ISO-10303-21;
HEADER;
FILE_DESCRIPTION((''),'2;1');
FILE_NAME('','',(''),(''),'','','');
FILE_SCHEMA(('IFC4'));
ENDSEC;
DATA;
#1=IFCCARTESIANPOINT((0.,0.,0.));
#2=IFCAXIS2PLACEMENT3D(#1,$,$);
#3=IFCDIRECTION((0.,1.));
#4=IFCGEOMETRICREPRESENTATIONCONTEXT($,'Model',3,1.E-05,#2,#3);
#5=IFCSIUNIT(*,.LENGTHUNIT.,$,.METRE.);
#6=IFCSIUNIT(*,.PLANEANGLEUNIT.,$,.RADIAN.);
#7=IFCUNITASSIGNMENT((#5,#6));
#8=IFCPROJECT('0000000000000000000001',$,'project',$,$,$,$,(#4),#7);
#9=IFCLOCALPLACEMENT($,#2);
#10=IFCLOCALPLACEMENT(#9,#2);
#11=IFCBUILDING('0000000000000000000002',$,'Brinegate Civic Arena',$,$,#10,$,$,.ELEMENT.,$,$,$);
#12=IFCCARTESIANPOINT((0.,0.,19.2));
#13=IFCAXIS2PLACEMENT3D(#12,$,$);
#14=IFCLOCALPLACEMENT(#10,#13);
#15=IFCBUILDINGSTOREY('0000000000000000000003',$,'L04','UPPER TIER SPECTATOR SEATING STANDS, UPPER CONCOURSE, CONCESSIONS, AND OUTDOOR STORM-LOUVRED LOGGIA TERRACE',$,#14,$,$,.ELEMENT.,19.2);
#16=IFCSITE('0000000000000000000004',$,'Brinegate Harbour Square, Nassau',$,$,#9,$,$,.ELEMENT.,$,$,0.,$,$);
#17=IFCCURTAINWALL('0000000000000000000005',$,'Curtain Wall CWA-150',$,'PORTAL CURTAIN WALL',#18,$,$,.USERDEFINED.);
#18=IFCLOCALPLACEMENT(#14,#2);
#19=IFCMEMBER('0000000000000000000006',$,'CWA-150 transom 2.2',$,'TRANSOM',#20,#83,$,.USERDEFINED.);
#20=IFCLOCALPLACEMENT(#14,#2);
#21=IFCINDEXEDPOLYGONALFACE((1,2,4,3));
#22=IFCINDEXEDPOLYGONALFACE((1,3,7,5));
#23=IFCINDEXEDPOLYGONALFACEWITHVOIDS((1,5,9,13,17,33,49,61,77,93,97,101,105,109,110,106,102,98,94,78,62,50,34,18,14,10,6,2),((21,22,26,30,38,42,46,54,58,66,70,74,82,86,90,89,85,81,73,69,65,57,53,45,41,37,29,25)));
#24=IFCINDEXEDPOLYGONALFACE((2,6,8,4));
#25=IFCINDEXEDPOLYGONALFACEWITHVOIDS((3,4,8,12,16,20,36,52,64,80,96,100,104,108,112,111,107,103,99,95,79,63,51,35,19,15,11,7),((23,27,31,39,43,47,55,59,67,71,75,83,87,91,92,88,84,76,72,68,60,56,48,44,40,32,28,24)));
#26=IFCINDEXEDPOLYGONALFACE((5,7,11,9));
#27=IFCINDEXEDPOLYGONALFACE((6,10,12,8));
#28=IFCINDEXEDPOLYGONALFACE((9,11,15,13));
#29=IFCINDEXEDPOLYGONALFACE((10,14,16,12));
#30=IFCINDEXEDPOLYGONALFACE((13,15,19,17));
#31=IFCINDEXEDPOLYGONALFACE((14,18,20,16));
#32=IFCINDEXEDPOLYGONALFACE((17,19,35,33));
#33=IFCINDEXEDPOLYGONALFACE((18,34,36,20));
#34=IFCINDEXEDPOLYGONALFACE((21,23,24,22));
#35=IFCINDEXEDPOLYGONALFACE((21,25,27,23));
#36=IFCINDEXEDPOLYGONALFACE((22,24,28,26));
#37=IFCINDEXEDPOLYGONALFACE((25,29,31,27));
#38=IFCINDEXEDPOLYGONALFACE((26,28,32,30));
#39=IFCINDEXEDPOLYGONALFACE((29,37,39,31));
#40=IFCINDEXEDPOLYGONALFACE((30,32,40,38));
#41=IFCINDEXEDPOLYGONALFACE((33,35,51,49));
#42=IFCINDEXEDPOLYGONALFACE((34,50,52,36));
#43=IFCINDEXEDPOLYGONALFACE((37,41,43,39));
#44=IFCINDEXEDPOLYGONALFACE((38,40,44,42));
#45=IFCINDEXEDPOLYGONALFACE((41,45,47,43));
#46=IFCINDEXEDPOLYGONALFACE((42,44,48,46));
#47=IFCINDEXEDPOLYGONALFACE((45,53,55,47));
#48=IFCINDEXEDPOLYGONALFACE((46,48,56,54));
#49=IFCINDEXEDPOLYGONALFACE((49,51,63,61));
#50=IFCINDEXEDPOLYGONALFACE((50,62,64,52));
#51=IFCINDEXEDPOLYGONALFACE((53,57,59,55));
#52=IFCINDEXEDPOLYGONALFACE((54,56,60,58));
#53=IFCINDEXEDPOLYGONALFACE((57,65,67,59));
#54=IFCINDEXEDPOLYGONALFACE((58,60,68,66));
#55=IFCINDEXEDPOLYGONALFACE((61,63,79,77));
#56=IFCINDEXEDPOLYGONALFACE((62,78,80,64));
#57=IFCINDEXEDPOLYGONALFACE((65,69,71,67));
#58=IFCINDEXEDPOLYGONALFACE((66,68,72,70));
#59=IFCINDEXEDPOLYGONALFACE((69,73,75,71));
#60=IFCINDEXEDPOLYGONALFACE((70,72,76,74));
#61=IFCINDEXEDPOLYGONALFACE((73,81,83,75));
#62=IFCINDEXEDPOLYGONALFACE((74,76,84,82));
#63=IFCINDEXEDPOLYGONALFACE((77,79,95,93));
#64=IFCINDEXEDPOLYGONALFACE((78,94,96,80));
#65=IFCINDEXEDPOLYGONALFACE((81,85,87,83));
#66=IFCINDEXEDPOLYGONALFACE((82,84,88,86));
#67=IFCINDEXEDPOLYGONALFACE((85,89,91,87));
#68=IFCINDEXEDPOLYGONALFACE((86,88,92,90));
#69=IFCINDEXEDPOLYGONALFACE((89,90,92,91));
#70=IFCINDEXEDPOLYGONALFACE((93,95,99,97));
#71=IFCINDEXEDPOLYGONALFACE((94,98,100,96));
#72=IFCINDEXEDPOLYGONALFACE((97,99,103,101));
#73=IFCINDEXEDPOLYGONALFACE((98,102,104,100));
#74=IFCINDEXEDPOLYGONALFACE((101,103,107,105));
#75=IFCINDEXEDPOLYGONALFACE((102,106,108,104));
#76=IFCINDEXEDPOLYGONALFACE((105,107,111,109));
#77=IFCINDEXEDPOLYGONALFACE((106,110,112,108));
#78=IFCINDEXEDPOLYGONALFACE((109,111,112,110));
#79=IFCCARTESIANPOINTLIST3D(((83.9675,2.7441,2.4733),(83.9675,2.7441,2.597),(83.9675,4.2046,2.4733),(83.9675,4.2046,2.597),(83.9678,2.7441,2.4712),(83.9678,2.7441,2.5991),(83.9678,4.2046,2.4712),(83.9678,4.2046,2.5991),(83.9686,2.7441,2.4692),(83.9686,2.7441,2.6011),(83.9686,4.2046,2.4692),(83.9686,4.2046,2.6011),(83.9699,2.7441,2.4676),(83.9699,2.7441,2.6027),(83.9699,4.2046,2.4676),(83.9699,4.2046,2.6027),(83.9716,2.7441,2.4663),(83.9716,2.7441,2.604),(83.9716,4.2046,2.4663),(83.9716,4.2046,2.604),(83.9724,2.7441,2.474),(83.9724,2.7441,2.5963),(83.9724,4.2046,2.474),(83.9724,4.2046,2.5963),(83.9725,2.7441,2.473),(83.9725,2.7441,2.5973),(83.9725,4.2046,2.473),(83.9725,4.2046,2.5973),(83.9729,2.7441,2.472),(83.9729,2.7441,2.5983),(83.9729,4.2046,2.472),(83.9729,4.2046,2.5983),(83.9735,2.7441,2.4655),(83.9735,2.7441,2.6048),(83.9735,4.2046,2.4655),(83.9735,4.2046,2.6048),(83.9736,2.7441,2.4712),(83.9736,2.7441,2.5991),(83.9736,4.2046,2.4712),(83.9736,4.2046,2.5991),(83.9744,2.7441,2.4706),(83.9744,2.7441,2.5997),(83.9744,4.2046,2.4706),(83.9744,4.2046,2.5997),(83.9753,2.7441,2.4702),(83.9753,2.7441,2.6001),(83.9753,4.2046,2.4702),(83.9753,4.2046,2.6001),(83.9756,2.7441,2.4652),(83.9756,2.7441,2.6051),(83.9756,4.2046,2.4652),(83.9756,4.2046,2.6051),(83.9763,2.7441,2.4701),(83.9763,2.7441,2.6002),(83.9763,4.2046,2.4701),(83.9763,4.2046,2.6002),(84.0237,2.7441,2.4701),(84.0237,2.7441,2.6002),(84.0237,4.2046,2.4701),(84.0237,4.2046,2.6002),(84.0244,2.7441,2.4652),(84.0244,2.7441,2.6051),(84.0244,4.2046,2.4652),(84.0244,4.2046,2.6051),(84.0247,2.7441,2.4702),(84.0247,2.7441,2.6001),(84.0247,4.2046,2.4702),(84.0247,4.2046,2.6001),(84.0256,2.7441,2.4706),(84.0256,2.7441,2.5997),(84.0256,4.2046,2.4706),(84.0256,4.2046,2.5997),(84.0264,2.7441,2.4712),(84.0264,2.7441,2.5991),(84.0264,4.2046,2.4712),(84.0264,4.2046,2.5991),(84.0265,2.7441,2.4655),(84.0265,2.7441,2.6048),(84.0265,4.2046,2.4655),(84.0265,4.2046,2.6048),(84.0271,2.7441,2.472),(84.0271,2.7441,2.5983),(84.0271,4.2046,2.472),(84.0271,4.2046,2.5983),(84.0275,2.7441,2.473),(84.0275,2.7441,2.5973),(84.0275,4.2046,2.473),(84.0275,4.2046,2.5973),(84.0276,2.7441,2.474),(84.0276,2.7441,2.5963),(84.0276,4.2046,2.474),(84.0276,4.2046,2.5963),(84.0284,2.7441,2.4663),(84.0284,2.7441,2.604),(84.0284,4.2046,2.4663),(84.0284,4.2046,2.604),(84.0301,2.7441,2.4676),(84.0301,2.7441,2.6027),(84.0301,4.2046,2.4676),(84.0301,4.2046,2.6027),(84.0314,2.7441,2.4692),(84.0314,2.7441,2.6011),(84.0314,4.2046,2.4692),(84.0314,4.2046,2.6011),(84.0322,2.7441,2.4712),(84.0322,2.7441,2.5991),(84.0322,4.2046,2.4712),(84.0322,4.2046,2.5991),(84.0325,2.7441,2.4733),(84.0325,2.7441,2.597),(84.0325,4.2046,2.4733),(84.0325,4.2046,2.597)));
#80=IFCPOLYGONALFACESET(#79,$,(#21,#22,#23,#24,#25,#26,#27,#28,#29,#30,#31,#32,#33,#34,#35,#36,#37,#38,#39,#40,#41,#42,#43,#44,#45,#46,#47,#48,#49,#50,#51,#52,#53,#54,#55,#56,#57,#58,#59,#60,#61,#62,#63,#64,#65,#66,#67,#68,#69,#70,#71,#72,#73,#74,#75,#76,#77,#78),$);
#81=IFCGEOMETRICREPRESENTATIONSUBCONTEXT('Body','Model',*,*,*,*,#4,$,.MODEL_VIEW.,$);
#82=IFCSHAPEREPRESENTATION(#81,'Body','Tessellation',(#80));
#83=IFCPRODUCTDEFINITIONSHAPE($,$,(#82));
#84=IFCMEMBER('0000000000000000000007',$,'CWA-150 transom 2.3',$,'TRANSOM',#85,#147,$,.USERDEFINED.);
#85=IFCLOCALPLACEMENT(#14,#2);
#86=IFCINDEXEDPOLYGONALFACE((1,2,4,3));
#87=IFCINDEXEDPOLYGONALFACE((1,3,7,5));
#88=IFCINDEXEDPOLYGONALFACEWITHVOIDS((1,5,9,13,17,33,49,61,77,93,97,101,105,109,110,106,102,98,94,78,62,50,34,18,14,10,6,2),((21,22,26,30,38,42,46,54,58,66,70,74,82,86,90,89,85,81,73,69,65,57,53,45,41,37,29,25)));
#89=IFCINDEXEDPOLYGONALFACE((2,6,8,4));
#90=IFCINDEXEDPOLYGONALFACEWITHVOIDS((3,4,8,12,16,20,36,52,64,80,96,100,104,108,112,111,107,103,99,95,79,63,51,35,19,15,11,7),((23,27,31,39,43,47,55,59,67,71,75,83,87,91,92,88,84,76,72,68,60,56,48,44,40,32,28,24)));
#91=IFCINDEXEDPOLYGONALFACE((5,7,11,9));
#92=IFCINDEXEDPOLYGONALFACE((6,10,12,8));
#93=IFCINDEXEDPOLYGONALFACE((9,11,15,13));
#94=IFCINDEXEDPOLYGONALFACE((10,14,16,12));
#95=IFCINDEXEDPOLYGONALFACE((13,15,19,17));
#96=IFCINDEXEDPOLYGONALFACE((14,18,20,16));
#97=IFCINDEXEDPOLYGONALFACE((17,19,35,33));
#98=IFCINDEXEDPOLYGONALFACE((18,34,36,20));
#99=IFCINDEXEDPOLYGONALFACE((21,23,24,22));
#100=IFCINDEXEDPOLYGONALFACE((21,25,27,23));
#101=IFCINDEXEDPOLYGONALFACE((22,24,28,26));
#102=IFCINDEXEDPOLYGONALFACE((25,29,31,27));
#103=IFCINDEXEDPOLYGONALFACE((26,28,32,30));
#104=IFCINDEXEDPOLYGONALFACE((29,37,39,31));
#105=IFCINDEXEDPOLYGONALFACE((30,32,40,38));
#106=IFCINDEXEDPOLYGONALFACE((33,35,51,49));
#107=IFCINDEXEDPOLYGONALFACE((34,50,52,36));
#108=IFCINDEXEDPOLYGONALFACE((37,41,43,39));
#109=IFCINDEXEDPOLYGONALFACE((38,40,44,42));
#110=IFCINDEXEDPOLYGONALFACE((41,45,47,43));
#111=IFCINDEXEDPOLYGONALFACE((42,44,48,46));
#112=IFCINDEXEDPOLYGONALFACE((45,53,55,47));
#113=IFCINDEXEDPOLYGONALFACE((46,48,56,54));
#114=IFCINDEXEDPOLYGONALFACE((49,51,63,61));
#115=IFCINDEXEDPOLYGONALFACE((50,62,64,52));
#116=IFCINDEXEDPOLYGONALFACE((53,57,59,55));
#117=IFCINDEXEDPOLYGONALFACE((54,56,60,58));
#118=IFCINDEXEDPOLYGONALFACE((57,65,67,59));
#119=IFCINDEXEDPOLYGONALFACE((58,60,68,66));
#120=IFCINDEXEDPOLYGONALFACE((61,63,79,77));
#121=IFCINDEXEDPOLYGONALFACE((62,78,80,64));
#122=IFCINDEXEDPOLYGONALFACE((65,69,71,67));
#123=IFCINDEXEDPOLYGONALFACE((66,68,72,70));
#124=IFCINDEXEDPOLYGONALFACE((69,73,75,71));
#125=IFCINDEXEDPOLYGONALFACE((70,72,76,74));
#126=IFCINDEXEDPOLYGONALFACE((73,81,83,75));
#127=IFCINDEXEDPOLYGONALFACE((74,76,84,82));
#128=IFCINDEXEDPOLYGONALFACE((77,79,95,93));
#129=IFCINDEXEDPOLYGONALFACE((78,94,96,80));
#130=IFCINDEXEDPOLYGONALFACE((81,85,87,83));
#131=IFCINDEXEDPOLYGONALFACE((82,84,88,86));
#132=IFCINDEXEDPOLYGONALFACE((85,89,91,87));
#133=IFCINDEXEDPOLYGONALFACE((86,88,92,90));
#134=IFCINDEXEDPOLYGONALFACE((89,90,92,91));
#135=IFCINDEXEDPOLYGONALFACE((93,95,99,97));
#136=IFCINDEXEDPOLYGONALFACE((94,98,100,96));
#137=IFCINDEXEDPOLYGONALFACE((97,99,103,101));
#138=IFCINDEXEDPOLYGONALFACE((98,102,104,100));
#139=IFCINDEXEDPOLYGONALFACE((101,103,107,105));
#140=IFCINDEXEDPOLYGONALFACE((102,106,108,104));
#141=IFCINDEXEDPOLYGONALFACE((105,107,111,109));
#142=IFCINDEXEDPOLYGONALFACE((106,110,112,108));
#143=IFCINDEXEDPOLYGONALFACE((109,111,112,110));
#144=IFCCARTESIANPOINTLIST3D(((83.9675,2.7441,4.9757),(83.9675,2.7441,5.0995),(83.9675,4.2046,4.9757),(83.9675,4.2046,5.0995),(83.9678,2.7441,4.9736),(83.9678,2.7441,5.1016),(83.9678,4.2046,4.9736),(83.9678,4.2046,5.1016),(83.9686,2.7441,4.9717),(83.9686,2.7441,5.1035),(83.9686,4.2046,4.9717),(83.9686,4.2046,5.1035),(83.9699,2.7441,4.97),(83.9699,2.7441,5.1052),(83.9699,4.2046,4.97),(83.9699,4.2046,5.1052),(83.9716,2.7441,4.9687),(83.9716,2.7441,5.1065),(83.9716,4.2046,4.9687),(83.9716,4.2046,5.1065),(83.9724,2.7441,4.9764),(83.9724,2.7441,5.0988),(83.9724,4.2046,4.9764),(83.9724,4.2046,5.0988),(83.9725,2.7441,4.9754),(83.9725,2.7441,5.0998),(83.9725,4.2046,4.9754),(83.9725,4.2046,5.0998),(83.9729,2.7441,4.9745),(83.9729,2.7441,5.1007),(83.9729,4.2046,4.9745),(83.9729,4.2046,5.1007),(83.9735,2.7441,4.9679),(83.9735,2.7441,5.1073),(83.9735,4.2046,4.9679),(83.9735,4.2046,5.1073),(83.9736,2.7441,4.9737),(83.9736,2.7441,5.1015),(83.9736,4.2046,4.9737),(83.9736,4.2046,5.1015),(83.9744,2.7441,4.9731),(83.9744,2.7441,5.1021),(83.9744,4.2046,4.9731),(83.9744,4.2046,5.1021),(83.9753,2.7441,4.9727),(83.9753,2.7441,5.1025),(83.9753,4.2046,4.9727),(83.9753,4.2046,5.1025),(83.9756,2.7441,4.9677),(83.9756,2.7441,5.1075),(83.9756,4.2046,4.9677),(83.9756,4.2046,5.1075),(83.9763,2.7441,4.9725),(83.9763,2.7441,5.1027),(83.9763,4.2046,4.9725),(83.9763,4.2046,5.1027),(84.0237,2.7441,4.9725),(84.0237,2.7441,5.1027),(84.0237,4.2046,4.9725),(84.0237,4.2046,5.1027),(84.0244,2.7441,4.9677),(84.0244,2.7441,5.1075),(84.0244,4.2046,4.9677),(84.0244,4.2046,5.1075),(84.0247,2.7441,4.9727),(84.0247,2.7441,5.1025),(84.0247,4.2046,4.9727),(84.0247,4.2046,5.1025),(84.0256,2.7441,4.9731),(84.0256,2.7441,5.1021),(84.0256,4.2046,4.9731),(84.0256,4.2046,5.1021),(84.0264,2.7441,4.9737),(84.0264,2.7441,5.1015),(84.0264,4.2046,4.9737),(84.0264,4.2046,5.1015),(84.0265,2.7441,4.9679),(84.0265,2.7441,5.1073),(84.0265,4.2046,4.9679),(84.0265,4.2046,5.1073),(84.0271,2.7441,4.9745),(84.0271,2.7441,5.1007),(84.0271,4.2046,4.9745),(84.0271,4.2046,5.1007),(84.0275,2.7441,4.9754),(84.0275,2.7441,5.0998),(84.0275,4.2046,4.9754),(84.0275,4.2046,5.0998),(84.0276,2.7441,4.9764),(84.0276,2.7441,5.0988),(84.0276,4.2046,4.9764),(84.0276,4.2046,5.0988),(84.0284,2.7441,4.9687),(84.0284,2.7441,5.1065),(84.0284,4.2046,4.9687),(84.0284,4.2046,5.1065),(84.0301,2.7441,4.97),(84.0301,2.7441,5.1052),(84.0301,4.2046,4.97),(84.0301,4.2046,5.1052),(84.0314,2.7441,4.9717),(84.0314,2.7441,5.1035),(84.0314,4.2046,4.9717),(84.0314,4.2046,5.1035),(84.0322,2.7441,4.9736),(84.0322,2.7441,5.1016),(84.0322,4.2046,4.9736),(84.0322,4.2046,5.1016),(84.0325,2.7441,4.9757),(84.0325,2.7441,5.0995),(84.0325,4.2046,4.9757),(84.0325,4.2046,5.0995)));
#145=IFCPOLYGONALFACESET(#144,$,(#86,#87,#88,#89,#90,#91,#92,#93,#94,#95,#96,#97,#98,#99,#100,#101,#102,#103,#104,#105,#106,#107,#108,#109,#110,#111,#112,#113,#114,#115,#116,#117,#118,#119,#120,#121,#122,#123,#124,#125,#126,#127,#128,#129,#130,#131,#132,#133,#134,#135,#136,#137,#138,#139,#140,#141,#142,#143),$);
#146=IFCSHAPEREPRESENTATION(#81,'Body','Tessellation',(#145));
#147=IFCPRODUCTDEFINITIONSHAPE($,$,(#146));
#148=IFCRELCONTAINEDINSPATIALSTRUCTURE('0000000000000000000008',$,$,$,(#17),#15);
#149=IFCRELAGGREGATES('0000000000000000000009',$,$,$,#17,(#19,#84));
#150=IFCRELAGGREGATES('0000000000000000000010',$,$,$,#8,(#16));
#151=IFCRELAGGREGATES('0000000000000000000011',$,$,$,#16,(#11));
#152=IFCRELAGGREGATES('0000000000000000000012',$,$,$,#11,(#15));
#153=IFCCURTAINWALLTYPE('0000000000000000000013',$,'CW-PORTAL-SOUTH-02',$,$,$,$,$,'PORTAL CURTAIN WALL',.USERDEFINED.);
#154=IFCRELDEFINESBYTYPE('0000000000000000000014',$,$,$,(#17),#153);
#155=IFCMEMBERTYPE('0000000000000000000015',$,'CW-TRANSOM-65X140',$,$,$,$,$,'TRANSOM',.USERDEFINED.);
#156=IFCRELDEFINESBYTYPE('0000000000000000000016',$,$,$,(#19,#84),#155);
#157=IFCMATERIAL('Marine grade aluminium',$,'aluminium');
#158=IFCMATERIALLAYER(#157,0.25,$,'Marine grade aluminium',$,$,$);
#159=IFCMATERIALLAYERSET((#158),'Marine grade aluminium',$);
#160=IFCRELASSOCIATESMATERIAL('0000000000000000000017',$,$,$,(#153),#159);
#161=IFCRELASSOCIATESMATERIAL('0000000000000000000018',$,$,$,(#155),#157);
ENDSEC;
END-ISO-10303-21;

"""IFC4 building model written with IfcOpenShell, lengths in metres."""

from ifc_helpers import new_model, si_unit, direction, frame, origin, origin_2d, place, context, subcontext, project, spatial, hollow_rectangle, extrude, material, layer, layer_set, material_profile, profile_set, type_object, element, aggregate, save


model = new_model("IFC4")

# Units and contexts
model_context = context("Model", 3, precision=1e-05, world=origin(), true_north=direction((0.0, 1.0)))
body_context = subcontext(model_context, "Body", "Model", "MODEL_VIEW")
ifc_project = project(units=[si_unit("LENGTHUNIT", "METRE"), si_unit("PLANEANGLEUNIT", "RADIAN")], contexts=[model_context])

# Site, building, storey
site_placement = place(None, origin())
site = spatial("IfcSite", under=ifc_project, at=site_placement, Name="Brinegate Harbour Square, Nassau", CompositionType="ELEMENT", RefElevation=0.0)
building_placement = place(site_placement, origin())
building = spatial("IfcBuilding", under=site, at=building_placement, Name="Brinegate Civic Arena", CompositionType="ELEMENT")
storey_placement = place(building_placement, frame((0.0, 0.0, 19.2)))
storey = spatial("IfcBuildingStorey", under=building, at=storey_placement, Name="L04", Description="UPPER TIER SPECTATOR SEATING STANDS, UPPER CONCOURSE, CONCESSIONS, AND OUTDOOR STORM-LOUVRED LOGGIA TERRACE", CompositionType="ELEMENT", Elevation=19.2)

# Curtain wall, members
ifc_material_1 = material(Name="Marine grade aluminium", Category="aluminium")
ifc_layer_1 = layer(ifc_material_1, 0.25, Name="Marine grade aluminium")
ifc_layer_set_1 = layer_set([ifc_layer_1], Name="Marine grade aluminium")
curtain_wall_type = type_object("IfcCurtainWallType", Name="CW-PORTAL-SOUTH-02", ElementType="PORTAL CURTAIN WALL", PredefinedType="USERDEFINED", material=ifc_layer_set_1)
curtain_wall_placement = place(storey_placement, origin())
curtain_wall = element("IfcCurtainWall", 1, at=curtain_wall_placement, inside=storey, type_object=curtain_wall_type, Name="Curtain Wall CWA-150", ObjectType="PORTAL CURTAIN WALL", PredefinedType="USERDEFINED")
ifc_material_profile_1 = material_profile(ifc_material_1, hollow_rectangle(XDim=0.0649, YDim=0.1399, WallThickness=0.0049, InnerFilletRadius=0.0039, OuterFilletRadius=0.0081, at=origin_2d()), Name="TRN65X140")
ifc_profile_set_1 = profile_set([ifc_material_profile_1], Name="Marine grade aluminium")
member_type_1 = type_object("IfcMemberType", Name="CW-TRANSOM-65X140", ElementType="TRANSOM", PredefinedType="USERDEFINED", material=ifc_profile_set_1)
member_1_placement = place(storey_placement, frame((84.0, 2.7441, 2.5352), z_axis=(0.0, 1.0, 0.0), x_axis=(-1.0, 0.0, 0.0)))
member_1 = element("IfcMember", 2, at=member_1_placement, type_object=member_type_1, Name="CWA-150 transom 2.2", ObjectType="TRANSOM", PredefinedType="USERDEFINED", context=body_context, shape_type="SweptSolid", body=[
    extrude(hollow_rectangle(XDim=0.0649, YDim=0.1399, WallThickness=0.0049, InnerFilletRadius=0.0039, OuterFilletRadius=0.0081, at=origin_2d()), origin(), (0.0, 0.0, 1.0), 1.4604),
])
member_2_placement = place(storey_placement, frame((84.0, 2.7441, 5.0376), z_axis=(0.0, 1.0, 0.0), x_axis=(-1.0, 0.0, 0.0)))
member_2 = element("IfcMember", 3, at=member_2_placement, type_object=member_type_1, Name="CWA-150 transom 2.3", ObjectType="TRANSOM", PredefinedType="USERDEFINED", context=body_context, shape_type="SweptSolid", body=[
    extrude(hollow_rectangle(XDim=0.0649, YDim=0.1399, WallThickness=0.0049, InnerFilletRadius=0.0039, OuterFilletRadius=0.0081, at=origin_2d()), origin(), (0.0, 0.0, 1.0), 1.4604),
])

aggregate(curtain_wall, [member_1, member_2])

save(model, "model.ifc")
